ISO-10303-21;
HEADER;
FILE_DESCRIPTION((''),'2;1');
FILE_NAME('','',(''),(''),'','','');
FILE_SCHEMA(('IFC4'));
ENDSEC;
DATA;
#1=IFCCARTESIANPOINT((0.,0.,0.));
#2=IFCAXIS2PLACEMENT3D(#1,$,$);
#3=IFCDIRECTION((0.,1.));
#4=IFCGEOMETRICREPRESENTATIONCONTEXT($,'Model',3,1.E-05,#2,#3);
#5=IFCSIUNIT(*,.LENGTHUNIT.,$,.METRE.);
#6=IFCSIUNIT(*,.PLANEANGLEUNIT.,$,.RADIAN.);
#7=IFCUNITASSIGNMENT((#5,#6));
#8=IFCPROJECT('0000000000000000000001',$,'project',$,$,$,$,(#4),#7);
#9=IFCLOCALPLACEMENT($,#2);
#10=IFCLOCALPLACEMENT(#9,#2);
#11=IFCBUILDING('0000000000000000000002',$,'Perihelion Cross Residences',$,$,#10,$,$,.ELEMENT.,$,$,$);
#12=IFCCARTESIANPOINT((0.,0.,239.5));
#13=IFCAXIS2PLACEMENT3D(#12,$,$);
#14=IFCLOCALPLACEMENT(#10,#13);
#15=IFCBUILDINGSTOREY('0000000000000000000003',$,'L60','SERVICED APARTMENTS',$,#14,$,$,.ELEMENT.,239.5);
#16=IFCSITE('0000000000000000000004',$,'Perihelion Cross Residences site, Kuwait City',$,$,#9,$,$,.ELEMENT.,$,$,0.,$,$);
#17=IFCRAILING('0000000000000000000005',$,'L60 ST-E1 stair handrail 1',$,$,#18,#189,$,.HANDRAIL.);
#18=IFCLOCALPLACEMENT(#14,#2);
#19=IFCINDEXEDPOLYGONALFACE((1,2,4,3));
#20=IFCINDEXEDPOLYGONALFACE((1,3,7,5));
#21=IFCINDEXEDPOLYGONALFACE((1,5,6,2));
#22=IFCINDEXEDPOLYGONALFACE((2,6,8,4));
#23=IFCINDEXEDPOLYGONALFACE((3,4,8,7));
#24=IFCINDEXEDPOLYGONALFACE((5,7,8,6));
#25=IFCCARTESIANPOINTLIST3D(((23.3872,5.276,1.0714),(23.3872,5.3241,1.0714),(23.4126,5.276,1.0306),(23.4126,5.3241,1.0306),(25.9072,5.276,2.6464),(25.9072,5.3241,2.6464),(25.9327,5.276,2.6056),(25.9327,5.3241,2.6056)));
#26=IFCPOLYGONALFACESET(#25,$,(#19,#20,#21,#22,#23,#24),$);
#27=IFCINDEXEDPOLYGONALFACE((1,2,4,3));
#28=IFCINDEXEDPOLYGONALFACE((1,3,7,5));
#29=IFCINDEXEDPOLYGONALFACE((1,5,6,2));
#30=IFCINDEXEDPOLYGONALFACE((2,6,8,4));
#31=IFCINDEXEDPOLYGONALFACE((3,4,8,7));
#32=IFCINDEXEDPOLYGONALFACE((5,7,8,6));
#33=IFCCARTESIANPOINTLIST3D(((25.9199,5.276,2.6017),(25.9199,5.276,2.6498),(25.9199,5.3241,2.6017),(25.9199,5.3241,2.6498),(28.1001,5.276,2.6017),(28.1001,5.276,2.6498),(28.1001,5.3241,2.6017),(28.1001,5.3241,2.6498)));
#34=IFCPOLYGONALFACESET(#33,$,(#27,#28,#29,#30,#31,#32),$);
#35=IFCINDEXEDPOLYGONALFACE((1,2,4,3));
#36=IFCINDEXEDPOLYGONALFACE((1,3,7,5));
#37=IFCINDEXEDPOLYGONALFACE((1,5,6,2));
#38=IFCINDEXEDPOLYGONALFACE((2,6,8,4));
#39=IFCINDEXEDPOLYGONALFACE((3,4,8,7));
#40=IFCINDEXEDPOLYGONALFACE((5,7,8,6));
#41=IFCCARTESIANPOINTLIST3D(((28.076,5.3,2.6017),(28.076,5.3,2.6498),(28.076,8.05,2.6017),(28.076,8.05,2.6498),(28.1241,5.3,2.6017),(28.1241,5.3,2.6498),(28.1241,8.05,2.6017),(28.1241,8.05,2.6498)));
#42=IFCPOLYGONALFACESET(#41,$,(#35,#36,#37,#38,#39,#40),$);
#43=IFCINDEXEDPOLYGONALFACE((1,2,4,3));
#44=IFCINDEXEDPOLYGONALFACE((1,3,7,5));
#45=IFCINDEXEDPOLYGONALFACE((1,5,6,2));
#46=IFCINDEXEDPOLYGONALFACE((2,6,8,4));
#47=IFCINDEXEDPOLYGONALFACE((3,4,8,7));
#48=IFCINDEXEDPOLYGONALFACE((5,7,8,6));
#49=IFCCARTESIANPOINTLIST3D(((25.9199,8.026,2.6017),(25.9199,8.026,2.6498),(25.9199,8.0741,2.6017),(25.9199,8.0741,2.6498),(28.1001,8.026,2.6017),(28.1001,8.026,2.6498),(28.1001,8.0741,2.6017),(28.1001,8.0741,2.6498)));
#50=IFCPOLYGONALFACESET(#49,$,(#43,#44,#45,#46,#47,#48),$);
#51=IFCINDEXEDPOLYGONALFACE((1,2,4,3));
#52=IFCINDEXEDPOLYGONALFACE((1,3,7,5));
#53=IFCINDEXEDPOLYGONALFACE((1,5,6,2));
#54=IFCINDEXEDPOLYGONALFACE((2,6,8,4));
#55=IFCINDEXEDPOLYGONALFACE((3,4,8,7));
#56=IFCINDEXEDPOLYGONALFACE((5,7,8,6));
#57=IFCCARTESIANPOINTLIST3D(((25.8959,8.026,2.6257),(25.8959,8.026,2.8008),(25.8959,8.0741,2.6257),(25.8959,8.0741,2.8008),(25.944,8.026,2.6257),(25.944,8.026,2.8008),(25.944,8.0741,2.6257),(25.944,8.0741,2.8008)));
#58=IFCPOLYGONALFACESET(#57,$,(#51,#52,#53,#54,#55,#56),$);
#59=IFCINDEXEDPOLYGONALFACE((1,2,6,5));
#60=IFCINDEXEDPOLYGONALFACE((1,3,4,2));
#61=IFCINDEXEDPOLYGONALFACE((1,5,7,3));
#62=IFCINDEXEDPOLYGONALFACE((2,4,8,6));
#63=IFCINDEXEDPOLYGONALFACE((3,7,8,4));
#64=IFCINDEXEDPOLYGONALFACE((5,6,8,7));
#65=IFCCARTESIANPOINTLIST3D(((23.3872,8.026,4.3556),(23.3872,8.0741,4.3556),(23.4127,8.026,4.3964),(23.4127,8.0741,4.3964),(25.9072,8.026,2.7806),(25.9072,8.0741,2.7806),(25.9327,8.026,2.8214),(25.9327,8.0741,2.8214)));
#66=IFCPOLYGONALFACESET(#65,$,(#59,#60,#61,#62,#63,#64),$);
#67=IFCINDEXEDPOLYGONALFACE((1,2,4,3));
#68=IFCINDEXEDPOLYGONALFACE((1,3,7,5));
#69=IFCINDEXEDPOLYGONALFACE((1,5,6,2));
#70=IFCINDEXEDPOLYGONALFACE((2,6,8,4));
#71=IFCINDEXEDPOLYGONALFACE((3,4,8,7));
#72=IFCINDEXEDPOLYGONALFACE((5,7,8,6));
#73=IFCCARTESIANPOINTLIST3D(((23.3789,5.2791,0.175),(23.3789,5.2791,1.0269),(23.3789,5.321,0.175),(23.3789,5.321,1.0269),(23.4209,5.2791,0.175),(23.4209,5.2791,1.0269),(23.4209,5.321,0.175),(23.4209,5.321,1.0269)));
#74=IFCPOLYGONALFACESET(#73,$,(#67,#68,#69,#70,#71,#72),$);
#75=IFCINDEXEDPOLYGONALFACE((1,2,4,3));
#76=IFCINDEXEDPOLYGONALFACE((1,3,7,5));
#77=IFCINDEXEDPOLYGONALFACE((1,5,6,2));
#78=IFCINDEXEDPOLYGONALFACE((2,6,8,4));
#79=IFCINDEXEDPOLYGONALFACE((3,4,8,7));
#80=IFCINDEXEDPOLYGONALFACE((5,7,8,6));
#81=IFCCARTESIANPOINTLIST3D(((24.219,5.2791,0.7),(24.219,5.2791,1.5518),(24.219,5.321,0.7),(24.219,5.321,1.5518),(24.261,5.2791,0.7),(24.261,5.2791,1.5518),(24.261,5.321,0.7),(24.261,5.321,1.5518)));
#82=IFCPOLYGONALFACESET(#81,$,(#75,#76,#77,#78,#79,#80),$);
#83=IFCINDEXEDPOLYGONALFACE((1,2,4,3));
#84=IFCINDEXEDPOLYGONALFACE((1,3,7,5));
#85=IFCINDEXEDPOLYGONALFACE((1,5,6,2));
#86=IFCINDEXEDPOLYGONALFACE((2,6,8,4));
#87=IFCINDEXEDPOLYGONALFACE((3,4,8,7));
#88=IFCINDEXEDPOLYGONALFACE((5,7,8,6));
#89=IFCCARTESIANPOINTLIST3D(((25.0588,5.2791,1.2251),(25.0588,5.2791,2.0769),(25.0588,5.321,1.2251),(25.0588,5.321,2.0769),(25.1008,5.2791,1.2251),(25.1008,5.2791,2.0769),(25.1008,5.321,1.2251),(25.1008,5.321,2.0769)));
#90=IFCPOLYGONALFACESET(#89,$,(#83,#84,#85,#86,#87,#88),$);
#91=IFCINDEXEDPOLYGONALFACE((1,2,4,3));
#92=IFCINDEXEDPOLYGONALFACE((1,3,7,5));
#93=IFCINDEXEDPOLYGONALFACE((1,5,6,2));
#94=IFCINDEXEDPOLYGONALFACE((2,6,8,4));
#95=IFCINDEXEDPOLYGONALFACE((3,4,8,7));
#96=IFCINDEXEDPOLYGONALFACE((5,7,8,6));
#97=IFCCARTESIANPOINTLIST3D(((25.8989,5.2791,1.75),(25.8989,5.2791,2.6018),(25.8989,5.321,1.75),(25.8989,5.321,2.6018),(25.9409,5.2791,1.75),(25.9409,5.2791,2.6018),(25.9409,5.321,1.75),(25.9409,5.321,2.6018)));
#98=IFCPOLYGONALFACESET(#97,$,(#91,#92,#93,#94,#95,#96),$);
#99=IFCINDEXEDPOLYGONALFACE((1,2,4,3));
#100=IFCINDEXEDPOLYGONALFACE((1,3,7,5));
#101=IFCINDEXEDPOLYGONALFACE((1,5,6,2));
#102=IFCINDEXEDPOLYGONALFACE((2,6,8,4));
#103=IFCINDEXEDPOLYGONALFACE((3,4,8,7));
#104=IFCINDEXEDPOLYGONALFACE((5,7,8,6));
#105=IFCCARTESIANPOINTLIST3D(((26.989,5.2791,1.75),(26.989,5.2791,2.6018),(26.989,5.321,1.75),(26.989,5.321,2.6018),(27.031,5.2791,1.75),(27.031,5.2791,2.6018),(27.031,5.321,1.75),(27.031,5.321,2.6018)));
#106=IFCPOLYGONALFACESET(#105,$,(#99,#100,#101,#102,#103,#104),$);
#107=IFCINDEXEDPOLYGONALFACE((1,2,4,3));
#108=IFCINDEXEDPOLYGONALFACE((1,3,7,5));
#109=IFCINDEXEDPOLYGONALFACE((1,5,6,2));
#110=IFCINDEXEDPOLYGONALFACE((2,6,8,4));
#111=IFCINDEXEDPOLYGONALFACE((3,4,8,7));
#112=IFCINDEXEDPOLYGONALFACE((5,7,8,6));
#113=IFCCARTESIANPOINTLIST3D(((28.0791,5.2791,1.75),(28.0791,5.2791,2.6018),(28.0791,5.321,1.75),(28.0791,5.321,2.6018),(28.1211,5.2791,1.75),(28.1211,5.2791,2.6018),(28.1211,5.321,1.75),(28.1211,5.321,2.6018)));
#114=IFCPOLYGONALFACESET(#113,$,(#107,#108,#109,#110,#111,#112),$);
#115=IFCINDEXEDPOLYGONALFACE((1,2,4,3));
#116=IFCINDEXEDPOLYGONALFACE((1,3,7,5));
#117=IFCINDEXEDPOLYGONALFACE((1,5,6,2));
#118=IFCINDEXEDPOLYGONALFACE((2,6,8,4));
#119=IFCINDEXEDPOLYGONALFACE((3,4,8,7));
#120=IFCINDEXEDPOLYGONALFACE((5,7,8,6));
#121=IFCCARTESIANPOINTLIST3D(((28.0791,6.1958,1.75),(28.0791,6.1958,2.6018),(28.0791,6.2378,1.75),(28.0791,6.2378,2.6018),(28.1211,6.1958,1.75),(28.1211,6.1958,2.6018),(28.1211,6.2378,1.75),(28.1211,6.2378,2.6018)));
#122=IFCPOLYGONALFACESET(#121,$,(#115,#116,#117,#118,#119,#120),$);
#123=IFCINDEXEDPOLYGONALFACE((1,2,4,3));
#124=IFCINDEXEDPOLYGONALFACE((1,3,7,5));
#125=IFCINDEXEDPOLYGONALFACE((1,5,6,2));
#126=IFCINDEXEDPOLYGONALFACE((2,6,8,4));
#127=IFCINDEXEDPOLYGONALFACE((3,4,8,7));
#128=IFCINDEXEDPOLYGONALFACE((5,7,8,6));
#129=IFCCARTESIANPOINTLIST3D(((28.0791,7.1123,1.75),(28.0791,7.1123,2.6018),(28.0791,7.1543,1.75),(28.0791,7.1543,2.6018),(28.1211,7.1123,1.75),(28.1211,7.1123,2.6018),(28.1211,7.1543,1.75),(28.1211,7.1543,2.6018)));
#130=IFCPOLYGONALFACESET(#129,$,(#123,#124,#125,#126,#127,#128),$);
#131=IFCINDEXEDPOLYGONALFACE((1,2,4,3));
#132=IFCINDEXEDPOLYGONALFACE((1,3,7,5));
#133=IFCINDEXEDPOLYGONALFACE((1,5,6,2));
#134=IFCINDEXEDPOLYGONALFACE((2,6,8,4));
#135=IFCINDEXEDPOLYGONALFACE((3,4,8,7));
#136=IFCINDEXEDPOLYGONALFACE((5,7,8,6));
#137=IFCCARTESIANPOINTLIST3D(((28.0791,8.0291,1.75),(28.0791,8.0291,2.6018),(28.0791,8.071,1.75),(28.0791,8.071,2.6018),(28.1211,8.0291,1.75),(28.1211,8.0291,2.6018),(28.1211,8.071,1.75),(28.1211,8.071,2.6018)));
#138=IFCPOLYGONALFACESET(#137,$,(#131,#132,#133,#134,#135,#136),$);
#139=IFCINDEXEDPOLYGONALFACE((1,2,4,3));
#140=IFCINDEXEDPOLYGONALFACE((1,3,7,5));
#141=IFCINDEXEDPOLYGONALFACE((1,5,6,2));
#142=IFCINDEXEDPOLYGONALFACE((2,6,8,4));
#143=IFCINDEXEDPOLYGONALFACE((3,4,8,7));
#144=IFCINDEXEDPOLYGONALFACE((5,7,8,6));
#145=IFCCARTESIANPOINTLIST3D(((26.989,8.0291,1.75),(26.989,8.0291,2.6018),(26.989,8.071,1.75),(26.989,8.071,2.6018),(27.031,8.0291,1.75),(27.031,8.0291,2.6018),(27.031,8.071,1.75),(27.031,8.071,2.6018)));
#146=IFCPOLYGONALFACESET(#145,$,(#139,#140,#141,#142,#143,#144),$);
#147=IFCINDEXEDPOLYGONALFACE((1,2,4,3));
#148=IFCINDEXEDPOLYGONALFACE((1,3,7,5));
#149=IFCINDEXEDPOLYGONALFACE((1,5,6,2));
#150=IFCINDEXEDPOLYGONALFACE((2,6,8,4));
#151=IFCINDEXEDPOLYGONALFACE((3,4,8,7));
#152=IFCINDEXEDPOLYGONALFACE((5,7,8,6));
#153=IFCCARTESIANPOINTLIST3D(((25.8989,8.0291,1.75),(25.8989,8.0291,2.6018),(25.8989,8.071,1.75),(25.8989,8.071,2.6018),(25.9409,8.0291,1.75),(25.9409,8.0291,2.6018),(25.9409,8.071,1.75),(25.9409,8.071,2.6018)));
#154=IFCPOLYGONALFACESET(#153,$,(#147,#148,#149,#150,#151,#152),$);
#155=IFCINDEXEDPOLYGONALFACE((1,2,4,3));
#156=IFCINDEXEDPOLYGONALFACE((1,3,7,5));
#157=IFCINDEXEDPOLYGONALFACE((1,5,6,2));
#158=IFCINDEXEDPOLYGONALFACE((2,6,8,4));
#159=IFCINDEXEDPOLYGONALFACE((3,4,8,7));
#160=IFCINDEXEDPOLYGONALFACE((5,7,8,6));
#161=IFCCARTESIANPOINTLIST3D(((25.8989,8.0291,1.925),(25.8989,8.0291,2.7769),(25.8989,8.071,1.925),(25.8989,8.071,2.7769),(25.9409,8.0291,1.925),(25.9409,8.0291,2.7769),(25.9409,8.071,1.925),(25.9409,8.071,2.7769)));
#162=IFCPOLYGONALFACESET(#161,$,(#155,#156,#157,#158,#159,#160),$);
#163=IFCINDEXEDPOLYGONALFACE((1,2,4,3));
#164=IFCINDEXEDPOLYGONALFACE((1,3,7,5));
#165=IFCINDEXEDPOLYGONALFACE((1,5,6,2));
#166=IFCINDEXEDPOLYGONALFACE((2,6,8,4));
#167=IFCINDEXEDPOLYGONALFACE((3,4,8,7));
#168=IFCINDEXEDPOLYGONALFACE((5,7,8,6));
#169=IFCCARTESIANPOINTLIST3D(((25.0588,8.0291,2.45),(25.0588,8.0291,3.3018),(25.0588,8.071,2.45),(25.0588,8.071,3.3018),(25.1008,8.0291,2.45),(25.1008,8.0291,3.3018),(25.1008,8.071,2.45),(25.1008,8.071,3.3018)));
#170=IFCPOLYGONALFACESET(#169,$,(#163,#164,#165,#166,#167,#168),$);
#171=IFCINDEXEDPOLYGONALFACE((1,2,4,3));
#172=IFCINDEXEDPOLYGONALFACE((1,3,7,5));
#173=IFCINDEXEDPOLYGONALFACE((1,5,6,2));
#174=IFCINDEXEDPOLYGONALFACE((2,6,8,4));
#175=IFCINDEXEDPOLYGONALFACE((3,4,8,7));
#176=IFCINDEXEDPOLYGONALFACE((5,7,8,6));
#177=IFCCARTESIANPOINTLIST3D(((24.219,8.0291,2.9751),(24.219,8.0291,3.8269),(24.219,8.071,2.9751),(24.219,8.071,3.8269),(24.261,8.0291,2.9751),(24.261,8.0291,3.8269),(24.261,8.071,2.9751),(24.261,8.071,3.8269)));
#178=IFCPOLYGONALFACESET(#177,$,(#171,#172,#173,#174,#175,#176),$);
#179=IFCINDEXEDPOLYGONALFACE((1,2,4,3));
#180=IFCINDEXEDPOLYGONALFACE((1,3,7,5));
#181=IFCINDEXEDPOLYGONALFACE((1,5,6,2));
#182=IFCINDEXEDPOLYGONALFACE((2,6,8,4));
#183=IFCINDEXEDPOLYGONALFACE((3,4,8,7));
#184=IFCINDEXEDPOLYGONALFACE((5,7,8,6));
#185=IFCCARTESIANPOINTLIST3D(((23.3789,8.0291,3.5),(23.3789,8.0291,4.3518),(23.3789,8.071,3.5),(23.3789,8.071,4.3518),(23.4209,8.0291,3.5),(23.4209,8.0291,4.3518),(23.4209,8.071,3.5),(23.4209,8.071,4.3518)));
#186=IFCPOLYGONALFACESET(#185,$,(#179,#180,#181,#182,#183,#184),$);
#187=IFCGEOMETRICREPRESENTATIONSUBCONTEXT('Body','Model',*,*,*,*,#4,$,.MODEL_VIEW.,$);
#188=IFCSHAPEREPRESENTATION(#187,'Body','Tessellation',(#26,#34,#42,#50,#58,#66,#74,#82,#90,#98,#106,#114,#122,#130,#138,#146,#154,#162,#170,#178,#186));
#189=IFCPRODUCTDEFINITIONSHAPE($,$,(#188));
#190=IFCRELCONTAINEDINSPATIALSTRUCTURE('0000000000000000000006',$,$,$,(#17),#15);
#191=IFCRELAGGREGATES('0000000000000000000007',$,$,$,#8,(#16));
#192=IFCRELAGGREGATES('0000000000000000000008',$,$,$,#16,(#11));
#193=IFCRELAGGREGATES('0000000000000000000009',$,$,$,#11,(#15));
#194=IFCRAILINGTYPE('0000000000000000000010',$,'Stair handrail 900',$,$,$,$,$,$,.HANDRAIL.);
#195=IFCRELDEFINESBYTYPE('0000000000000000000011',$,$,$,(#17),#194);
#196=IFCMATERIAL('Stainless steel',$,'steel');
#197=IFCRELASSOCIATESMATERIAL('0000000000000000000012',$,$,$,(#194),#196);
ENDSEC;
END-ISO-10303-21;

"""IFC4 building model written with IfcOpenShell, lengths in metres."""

from ifc_helpers import new_model, si_unit, direction, frame, origin, origin_2d, place, context, subcontext, project, spatial, rectangle, extrude, material, type_object, element, save


model = new_model("IFC4")

# Units and contexts
model_context = context("Model", 3, precision=1e-05, world=origin(), true_north=direction((0.0, 1.0)))
body_context = subcontext(model_context, "Body", "Model", "MODEL_VIEW")
ifc_project = project(units=[si_unit("LENGTHUNIT", "METRE"), si_unit("PLANEANGLEUNIT", "RADIAN")], contexts=[model_context])

# Site, building, storey
site_placement = place(None, origin())
site = spatial("IfcSite", under=ifc_project, at=site_placement, Name="Perihelion Cross Residences site, Kuwait City", CompositionType="ELEMENT", RefElevation=0.0)
building_placement = place(site_placement, origin())
building = spatial("IfcBuilding", under=site, at=building_placement, Name="Perihelion Cross Residences", CompositionType="ELEMENT")
storey_placement = place(building_placement, frame((0.0, 0.0, 239.5)))
storey = spatial("IfcBuildingStorey", under=building, at=storey_placement, Name="L60", Description="SERVICED APARTMENTS", CompositionType="ELEMENT", Elevation=239.5)

# Railing
ifc_material_1 = material(Name="Stainless steel", Category="steel")
railing_type_1 = type_object("IfcRailingType", Name="Stair handrail 900", PredefinedType="HANDRAIL", material=ifc_material_1)
railing_1_placement = place(storey_placement, frame((23.3999, 5.3, 0.175)))
element("IfcRailing", 1, at=railing_1_placement, inside=storey, type_object=railing_type_1, Name="L60 ST-E1 stair handrail 1", PredefinedType="HANDRAIL", context=body_context, shape_type="SweptSolid", body=[
    extrude(rectangle(XDim=0.0481, YDim=0.0481, at=origin_2d()), frame((0.0, 0.0, 0.876), z_axis=(0.848008, 0.0, 0.529984), x_axis=(0.0, 1.0, 0.0)), (0.0, 0.0, 1.0), 2.9717),
    extrude(rectangle(XDim=0.0481, YDim=0.0481, at=origin_2d()), frame((2.52, 0.0, 2.4507), z_axis=(1.0, 0.0, 0.0), x_axis=(0.0, 1.0, 0.0)), (0.0, 0.0, 1.0), 2.1802),
    extrude(rectangle(XDim=0.0481, YDim=0.0481, at=origin_2d()), frame((4.7002, 0.0, 2.4507), z_axis=(0.0, 1.0, 0.0), x_axis=(-1.0, 0.0, 0.0)), (0.0, 0.0, 1.0), 2.75),
    extrude(rectangle(XDim=0.0481, YDim=0.0481, at=origin_2d()), frame((4.7002, 2.75, 2.4507), z_axis=(-1.0, 0.0, 0.0), x_axis=(0.0, -1.0, 0.0)), (0.0, 0.0, 1.0), 2.1802),
    extrude(rectangle(XDim=0.0481, YDim=0.0481, at=origin_2d()), frame((2.52, 2.75, 2.4507), z_axis=(0.0, 0.0, 1.0), x_axis=(1.0, 0.0, 0.0)), (0.0, 0.0, 1.0), 0.175),
    extrude(rectangle(XDim=0.0481, YDim=0.0481, at=origin_2d()), frame((2.52, 2.75, 2.626), z_axis=(-0.848008, 0.0, 0.529984), x_axis=(0.0, -1.0, 0.0)), (0.0, 0.0, 1.0), 2.9717),
    extrude(rectangle(XDim=0.042, YDim=0.042, at=origin_2d()), origin(), (0.0, 0.0, 1.0), 0.8518),
    extrude(rectangle(XDim=0.042, YDim=0.042, at=origin_2d()), frame((0.8401, 0.0, 0.5249)), (0.0, 0.0, 1.0), 0.8518),
    extrude(rectangle(XDim=0.042, YDim=0.042, at=origin_2d()), frame((1.6799, 0.0, 1.05)), (0.0, 0.0, 1.0), 0.8518),
    extrude(rectangle(XDim=0.042, YDim=0.042, at=origin_2d()), frame((2.52, 0.0, 1.575)), (0.0, 0.0, 1.0), 0.8518),
    extrude(rectangle(XDim=0.042, YDim=0.042, at=origin_2d()), frame((3.6101, 0.0, 1.575)), (0.0, 0.0, 1.0), 0.8518),
    extrude(rectangle(XDim=0.042, YDim=0.042, at=origin_2d()), frame((4.7002, 0.0, 1.575)), (0.0, 0.0, 1.0), 0.8518),
    extrude(rectangle(XDim=0.042, YDim=0.042, at=origin_2d()), frame((4.7002, 0.9167, 1.575)), (0.0, 0.0, 1.0), 0.8518),
    extrude(rectangle(XDim=0.042, YDim=0.042, at=origin_2d()), frame((4.7002, 1.8333, 1.575)), (0.0, 0.0, 1.0), 0.8518),
    extrude(rectangle(XDim=0.042, YDim=0.042, at=origin_2d()), frame((4.7002, 2.75, 1.575)), (0.0, 0.0, 1.0), 0.8518),
    extrude(rectangle(XDim=0.042, YDim=0.042, at=origin_2d()), frame((3.6101, 2.75, 1.575)), (0.0, 0.0, 1.0), 0.8518),
    extrude(rectangle(XDim=0.042, YDim=0.042, at=origin_2d()), frame((2.52, 2.75, 1.575)), (0.0, 0.0, 1.0), 0.8518),
    extrude(rectangle(XDim=0.042, YDim=0.042, at=origin_2d()), frame((2.52, 2.75, 1.75)), (0.0, 0.0, 1.0), 0.8518),
    extrude(rectangle(XDim=0.042, YDim=0.042, at=origin_2d()), frame((1.6799, 2.75, 2.2749)), (0.0, 0.0, 1.0), 0.8518),
    extrude(rectangle(XDim=0.042, YDim=0.042, at=origin_2d()), frame((0.8401, 2.75, 2.8)), (0.0, 0.0, 1.0), 0.8518),
    extrude(rectangle(XDim=0.042, YDim=0.042, at=origin_2d()), frame((0.0, 2.75, 3.325)), (0.0, 0.0, 1.0), 0.8518),
])

save(model, "model.ifc")
